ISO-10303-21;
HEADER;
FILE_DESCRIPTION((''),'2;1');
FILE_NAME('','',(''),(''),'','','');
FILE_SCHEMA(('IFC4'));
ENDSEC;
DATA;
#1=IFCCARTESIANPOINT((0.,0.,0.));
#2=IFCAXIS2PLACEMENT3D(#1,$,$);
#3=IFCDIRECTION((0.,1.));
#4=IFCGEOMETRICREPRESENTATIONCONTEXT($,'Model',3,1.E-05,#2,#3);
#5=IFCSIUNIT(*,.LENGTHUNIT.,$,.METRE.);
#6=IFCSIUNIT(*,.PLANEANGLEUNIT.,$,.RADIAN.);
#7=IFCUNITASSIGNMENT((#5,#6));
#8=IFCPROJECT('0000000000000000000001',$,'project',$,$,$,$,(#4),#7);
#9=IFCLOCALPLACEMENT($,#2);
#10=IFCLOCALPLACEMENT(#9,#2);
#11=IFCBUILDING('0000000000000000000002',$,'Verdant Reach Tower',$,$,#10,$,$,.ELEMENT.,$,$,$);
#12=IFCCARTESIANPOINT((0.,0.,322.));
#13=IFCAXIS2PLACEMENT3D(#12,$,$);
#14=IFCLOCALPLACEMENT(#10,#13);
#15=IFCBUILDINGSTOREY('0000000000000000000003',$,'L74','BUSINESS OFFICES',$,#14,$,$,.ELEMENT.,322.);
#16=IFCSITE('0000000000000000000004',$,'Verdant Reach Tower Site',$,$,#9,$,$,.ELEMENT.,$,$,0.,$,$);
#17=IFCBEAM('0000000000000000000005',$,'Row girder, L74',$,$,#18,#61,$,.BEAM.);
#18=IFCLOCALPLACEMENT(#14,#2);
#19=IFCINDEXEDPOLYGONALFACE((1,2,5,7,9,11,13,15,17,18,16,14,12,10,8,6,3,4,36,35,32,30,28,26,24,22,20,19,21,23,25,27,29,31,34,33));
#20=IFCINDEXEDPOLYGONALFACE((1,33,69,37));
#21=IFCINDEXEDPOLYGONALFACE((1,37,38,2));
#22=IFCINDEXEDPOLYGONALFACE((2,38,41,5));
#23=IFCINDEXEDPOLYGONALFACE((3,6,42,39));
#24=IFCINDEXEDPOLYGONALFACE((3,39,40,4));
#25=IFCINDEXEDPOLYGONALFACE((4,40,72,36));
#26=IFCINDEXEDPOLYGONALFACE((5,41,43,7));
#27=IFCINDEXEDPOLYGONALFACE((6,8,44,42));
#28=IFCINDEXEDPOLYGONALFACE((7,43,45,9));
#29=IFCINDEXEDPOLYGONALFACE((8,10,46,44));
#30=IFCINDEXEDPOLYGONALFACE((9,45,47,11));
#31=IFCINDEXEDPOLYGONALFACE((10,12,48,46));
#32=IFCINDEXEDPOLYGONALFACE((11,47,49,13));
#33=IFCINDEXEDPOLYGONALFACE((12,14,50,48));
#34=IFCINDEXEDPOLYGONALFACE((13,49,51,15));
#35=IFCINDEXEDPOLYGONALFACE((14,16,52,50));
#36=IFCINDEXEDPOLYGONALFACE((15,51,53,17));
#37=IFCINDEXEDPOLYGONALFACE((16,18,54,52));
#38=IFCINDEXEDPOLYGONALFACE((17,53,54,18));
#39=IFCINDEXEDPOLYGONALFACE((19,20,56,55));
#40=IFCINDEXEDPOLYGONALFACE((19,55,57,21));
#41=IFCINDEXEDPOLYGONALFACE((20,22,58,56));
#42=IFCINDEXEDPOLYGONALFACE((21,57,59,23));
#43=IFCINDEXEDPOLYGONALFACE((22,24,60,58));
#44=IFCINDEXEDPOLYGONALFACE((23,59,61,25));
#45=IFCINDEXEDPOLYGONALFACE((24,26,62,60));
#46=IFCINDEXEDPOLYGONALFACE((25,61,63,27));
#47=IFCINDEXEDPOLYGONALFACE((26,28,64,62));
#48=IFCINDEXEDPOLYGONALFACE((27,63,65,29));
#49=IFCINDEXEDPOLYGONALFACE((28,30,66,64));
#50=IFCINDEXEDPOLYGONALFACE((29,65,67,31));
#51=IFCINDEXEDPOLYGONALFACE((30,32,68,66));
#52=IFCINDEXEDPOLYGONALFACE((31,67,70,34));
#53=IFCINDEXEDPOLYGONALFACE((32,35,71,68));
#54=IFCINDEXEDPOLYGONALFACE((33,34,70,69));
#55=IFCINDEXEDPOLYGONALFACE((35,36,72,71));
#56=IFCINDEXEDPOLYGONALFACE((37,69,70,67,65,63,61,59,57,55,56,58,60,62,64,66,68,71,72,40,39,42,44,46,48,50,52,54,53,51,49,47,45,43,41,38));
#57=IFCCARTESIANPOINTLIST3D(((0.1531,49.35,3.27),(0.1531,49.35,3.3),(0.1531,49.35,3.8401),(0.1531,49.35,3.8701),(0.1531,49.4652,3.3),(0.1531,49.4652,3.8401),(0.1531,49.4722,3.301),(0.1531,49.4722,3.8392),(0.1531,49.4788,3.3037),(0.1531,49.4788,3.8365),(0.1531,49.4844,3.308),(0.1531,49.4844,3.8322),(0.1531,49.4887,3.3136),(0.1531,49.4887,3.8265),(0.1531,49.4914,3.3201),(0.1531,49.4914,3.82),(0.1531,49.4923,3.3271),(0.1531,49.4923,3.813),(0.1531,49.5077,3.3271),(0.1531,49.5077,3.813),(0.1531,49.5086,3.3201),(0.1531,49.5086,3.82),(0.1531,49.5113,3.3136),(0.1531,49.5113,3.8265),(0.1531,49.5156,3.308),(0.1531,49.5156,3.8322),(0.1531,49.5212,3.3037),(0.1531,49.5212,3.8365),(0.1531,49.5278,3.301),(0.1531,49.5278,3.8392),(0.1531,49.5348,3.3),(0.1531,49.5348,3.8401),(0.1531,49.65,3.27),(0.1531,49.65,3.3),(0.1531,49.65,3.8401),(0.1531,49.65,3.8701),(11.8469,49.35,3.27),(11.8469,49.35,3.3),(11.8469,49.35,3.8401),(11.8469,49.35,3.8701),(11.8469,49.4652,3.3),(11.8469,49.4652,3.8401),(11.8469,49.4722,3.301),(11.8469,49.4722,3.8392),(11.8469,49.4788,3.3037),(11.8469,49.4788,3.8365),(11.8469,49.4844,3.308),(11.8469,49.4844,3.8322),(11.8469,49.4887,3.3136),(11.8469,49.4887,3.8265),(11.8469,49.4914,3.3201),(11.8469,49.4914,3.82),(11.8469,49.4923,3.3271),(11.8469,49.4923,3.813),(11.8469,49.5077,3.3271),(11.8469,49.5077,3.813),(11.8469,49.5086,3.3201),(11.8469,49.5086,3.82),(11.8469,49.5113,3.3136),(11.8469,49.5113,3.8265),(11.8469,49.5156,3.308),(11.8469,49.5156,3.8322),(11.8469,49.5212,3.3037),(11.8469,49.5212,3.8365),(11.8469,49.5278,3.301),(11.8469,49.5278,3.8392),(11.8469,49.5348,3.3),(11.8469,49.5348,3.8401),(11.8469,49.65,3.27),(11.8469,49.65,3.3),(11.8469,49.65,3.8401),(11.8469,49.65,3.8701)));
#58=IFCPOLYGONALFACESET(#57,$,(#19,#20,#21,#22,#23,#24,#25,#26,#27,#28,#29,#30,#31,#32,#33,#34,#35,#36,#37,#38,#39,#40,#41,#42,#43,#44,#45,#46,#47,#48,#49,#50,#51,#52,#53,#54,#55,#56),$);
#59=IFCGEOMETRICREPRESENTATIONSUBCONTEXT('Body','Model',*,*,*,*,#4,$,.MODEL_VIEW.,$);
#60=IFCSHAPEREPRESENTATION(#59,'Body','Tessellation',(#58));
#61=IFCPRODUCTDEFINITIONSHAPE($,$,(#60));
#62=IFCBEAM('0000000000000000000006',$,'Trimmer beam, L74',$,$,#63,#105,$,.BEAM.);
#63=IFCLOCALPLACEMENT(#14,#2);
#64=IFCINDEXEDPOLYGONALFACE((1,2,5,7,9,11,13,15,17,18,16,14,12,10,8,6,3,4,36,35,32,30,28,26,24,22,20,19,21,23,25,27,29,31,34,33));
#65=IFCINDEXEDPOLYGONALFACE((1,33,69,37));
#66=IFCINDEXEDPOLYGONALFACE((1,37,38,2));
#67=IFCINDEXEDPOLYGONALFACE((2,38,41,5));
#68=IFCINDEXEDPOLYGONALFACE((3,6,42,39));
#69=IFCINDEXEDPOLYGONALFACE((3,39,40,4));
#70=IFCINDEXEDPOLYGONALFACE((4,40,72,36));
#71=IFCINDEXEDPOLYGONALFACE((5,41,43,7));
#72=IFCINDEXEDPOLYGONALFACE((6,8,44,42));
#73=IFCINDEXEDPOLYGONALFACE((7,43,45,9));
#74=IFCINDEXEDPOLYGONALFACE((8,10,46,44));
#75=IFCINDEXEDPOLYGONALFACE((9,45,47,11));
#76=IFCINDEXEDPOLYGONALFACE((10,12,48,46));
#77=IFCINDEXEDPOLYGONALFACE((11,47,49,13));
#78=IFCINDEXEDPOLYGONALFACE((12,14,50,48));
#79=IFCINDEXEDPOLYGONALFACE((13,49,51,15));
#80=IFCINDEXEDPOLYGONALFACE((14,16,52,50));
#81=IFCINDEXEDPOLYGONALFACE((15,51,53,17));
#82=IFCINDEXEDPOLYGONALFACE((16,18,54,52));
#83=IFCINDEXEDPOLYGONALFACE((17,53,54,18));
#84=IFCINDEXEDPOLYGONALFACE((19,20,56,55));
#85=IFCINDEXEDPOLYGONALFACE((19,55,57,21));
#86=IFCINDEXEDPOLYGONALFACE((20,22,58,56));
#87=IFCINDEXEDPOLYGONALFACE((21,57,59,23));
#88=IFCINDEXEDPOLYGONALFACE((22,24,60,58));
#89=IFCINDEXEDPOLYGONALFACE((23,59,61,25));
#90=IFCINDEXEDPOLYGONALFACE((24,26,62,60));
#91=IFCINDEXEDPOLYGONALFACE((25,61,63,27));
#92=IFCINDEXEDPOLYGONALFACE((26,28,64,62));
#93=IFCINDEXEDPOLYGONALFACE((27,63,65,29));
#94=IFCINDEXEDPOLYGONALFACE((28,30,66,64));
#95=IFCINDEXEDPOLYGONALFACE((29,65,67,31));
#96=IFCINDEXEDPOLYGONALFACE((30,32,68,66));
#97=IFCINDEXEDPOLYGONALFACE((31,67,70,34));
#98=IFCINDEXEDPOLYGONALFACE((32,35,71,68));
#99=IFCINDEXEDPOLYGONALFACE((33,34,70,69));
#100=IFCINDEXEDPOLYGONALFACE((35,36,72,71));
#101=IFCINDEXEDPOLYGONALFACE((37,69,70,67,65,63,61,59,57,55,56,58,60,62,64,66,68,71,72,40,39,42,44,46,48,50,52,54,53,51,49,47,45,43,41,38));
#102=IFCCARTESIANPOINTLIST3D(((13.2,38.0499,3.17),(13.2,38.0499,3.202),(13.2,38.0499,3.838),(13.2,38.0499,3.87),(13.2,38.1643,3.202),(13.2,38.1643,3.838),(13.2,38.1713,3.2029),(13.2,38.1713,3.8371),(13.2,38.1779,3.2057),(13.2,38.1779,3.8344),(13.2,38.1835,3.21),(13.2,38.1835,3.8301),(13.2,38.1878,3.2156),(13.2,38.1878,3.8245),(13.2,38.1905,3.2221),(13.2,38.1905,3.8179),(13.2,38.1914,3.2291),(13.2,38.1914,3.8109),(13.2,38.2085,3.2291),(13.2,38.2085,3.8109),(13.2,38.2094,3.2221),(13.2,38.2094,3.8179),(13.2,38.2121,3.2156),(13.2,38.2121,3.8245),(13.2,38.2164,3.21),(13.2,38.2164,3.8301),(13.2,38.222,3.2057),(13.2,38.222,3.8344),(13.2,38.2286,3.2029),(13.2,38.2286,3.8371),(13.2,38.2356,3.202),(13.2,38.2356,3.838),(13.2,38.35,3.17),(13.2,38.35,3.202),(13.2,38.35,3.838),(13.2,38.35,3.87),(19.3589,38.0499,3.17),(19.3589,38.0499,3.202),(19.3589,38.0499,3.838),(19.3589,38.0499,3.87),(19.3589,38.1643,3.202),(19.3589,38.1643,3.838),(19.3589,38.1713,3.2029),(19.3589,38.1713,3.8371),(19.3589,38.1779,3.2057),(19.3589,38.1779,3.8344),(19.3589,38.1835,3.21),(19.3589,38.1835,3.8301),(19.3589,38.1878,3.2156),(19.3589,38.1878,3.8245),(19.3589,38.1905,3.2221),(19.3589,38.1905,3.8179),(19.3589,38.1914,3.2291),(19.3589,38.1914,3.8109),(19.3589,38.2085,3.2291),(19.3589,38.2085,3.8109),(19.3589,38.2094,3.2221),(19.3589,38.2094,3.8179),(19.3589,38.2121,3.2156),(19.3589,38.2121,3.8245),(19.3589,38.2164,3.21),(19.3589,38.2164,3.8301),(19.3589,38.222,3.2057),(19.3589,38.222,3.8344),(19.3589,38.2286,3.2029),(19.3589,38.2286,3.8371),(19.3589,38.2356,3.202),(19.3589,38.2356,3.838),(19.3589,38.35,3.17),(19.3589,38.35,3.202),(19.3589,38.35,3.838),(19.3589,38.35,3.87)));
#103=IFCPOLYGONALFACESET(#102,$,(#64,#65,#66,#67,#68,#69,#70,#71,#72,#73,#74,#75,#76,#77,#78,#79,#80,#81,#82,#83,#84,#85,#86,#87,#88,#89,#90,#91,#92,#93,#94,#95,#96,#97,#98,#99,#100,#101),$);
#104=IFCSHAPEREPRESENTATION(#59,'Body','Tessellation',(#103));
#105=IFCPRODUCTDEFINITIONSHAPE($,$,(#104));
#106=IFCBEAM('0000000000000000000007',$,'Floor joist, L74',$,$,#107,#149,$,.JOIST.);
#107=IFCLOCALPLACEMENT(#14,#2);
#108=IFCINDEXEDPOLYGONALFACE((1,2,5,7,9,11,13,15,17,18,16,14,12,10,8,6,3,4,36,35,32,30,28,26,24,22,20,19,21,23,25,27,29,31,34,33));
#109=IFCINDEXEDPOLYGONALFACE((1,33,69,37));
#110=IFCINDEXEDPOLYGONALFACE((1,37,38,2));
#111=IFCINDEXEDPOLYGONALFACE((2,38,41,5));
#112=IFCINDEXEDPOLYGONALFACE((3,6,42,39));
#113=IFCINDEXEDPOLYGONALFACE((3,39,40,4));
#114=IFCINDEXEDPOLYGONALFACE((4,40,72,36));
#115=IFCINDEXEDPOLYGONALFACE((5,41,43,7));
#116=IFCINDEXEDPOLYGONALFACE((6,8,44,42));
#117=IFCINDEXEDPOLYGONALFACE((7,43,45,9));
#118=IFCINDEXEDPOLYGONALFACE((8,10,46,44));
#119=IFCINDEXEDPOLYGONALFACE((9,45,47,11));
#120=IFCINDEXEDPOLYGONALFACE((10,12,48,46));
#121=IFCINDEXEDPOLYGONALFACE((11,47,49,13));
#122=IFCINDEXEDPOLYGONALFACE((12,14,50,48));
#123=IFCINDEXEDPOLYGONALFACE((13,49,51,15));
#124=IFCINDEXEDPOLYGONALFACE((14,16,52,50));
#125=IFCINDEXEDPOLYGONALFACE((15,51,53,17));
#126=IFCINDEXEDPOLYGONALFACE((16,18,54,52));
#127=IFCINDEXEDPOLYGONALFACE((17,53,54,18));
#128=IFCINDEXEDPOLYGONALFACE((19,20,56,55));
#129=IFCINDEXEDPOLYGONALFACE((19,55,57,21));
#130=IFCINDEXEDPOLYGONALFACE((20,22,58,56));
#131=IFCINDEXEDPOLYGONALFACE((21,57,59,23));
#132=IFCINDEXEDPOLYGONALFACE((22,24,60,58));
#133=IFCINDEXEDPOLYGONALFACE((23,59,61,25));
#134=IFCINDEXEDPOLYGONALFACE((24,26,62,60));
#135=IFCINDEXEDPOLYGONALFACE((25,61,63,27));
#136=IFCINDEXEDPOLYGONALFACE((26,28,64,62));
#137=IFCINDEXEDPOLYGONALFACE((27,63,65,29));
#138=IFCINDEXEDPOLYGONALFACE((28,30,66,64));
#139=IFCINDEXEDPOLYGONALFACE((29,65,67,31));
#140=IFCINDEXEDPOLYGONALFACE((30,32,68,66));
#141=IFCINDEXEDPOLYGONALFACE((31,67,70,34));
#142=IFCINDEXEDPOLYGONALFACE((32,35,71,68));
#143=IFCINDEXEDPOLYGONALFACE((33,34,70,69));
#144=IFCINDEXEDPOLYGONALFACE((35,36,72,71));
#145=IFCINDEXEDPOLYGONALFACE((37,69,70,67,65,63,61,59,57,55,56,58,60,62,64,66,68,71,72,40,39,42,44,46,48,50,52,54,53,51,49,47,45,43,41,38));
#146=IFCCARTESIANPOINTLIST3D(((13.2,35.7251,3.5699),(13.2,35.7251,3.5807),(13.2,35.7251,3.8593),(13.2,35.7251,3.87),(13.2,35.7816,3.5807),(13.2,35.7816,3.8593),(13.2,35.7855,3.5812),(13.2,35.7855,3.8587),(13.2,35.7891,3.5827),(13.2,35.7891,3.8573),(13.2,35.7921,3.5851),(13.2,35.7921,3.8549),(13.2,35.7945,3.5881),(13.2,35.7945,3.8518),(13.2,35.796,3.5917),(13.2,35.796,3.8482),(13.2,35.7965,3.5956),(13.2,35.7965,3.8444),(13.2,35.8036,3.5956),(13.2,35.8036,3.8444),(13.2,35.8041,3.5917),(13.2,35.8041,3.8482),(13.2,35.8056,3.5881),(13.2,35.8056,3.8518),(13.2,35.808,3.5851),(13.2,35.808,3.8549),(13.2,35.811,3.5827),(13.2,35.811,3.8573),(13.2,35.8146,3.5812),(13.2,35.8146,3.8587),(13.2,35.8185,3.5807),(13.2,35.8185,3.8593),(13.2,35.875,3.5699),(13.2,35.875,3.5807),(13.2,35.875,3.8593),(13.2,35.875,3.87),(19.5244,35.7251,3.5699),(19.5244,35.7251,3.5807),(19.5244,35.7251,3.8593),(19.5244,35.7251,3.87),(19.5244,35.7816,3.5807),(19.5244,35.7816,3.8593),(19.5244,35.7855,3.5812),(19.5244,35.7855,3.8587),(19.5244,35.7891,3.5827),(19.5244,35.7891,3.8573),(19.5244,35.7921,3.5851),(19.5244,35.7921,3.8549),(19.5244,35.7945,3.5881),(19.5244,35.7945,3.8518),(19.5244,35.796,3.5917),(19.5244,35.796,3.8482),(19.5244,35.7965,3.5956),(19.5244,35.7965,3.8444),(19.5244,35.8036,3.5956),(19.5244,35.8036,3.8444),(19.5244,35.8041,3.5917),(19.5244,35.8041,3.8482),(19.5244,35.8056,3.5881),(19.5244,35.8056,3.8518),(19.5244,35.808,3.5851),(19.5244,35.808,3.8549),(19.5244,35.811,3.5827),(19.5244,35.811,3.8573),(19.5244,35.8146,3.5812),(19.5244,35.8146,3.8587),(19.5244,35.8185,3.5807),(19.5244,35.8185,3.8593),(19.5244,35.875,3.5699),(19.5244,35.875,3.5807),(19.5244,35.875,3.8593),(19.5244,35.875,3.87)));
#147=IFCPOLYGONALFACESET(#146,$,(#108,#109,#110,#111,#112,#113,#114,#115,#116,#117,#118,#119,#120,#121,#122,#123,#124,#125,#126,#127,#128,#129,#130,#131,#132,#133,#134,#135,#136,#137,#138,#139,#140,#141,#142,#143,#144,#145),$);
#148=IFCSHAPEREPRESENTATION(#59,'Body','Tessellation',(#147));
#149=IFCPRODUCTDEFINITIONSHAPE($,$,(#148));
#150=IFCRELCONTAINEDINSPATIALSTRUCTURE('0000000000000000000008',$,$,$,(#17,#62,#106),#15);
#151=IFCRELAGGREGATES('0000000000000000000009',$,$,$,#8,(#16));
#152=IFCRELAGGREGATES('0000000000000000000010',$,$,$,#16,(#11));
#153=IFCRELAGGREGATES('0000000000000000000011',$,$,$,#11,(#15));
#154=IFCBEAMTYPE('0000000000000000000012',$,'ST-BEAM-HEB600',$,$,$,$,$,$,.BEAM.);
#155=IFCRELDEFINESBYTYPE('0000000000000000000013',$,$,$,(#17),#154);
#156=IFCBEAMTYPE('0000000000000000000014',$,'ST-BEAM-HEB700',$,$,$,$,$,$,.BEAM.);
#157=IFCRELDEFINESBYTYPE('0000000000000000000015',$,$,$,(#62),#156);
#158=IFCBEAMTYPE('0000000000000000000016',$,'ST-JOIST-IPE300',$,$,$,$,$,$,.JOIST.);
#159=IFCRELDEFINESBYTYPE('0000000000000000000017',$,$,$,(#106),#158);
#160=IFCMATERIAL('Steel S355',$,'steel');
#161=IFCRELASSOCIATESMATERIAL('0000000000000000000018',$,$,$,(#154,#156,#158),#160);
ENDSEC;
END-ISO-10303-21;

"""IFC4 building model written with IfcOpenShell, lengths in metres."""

from ifc_helpers import new_model, si_unit, direction, frame, origin, origin_2d, place, context, subcontext, project, spatial, i_section, extrude, material, material_profile, profile_set, type_object, element, save


model = new_model("IFC4")

# Units and contexts
model_context = context("Model", 3, precision=1e-05, world=origin(), true_north=direction((0.0, 1.0)))
body_context = subcontext(model_context, "Body", "Model", "MODEL_VIEW")
ifc_project = project(units=[si_unit("LENGTHUNIT", "METRE"), si_unit("PLANEANGLEUNIT", "RADIAN")], contexts=[model_context])

# Site, building, storey
site_placement = place(None, origin())
site = spatial("IfcSite", under=ifc_project, at=site_placement, Name="Verdant Reach Tower Site", CompositionType="ELEMENT", RefElevation=0.0)
building_placement = place(site_placement, origin())
building = spatial("IfcBuilding", under=site, at=building_placement, Name="Verdant Reach Tower", CompositionType="ELEMENT")
storey_placement = place(building_placement, frame((0.0, 0.0, 322.0)))
storey = spatial("IfcBuildingStorey", under=building, at=storey_placement, Name="L74", Description="BUSINESS OFFICES", CompositionType="ELEMENT", Elevation=322.0)

# Beams
ifc_material_1 = material(Name="Steel S355", Category="steel")
ifc_material_profile_1 = material_profile(ifc_material_1, i_section(OverallWidth=0.3, OverallDepth=0.6001, WebThickness=0.0154, FlangeThickness=0.03, FilletRadius=0.0271, at=origin_2d()), Name="HEB 600")
ifc_profile_set_1 = profile_set([ifc_material_profile_1], Name="Steel S355")
beam_type_1 = type_object("IfcBeamType", Name="ST-BEAM-HEB600", PredefinedType="BEAM", material=ifc_profile_set_1)
beam_1_placement = place(storey_placement, frame((0.1531, 49.5, 3.5701), z_axis=(1.0, 0.0, 0.0), x_axis=(0.0, 1.0, 0.0)))
element("IfcBeam", 1, at=beam_1_placement, inside=storey, type_object=beam_type_1, Name="Row girder, L74", PredefinedType="BEAM", context=body_context, shape_type="SweptSolid", body=[
    extrude(i_section(OverallWidth=0.3, OverallDepth=0.6001, WebThickness=0.0154, FlangeThickness=0.03, FilletRadius=0.0271, at=origin_2d()), origin(), (0.0, 0.0, 1.0), 11.6938),
])
ifc_material_profile_2 = material_profile(ifc_material_1, i_section(OverallWidth=0.3, OverallDepth=0.7, WebThickness=0.0171, FlangeThickness=0.032, FilletRadius=0.0271, at=origin_2d()), Name="HEB 700")
ifc_profile_set_2 = profile_set([ifc_material_profile_2], Name="Steel S355")
beam_type_2 = type_object("IfcBeamType", Name="ST-BEAM-HEB700", PredefinedType="BEAM", material=ifc_profile_set_2)
beam_2_placement = place(storey_placement, frame((13.2, 38.2, 3.52), z_axis=(1.0, 0.0, 0.0), x_axis=(0.0, 1.0, 0.0)))
element("IfcBeam", 2, at=beam_2_placement, inside=storey, type_object=beam_type_2, Name="Trimmer beam, L74", PredefinedType="BEAM", context=body_context, shape_type="SweptSolid", body=[
    extrude(i_section(OverallWidth=0.3, OverallDepth=0.7, WebThickness=0.0171, FlangeThickness=0.032, FilletRadius=0.0271, at=origin_2d()), origin(), (0.0, 0.0, 1.0), 6.1589),
])
ifc_material_profile_3 = material_profile(ifc_material_1, i_section(OverallWidth=0.1499, OverallDepth=0.3, WebThickness=0.0071, FlangeThickness=0.0107, FilletRadius=0.0149, at=origin_2d()), Name="IPE 300")
ifc_profile_set_3 = profile_set([ifc_material_profile_3], Name="Steel S355")
beam_type_3 = type_object("IfcBeamType", Name="ST-JOIST-IPE300", PredefinedType="JOIST", material=ifc_profile_set_3)
beam_3_placement = place(storey_placement, frame((13.2, 35.8, 3.72), z_axis=(1.0, 0.0, 0.0), x_axis=(0.0, 1.0, 0.0)))
element("IfcBeam", 3, at=beam_3_placement, inside=storey, type_object=beam_type_3, Name="Floor joist, L74", PredefinedType="JOIST", context=body_context, shape_type="SweptSolid", body=[
    extrude(i_section(OverallWidth=0.1499, OverallDepth=0.3, WebThickness=0.0071, FlangeThickness=0.0107, FilletRadius=0.0149, at=origin_2d()), origin(), (0.0, 0.0, 1.0), 6.3245),
])

save(model, "model.ifc")
